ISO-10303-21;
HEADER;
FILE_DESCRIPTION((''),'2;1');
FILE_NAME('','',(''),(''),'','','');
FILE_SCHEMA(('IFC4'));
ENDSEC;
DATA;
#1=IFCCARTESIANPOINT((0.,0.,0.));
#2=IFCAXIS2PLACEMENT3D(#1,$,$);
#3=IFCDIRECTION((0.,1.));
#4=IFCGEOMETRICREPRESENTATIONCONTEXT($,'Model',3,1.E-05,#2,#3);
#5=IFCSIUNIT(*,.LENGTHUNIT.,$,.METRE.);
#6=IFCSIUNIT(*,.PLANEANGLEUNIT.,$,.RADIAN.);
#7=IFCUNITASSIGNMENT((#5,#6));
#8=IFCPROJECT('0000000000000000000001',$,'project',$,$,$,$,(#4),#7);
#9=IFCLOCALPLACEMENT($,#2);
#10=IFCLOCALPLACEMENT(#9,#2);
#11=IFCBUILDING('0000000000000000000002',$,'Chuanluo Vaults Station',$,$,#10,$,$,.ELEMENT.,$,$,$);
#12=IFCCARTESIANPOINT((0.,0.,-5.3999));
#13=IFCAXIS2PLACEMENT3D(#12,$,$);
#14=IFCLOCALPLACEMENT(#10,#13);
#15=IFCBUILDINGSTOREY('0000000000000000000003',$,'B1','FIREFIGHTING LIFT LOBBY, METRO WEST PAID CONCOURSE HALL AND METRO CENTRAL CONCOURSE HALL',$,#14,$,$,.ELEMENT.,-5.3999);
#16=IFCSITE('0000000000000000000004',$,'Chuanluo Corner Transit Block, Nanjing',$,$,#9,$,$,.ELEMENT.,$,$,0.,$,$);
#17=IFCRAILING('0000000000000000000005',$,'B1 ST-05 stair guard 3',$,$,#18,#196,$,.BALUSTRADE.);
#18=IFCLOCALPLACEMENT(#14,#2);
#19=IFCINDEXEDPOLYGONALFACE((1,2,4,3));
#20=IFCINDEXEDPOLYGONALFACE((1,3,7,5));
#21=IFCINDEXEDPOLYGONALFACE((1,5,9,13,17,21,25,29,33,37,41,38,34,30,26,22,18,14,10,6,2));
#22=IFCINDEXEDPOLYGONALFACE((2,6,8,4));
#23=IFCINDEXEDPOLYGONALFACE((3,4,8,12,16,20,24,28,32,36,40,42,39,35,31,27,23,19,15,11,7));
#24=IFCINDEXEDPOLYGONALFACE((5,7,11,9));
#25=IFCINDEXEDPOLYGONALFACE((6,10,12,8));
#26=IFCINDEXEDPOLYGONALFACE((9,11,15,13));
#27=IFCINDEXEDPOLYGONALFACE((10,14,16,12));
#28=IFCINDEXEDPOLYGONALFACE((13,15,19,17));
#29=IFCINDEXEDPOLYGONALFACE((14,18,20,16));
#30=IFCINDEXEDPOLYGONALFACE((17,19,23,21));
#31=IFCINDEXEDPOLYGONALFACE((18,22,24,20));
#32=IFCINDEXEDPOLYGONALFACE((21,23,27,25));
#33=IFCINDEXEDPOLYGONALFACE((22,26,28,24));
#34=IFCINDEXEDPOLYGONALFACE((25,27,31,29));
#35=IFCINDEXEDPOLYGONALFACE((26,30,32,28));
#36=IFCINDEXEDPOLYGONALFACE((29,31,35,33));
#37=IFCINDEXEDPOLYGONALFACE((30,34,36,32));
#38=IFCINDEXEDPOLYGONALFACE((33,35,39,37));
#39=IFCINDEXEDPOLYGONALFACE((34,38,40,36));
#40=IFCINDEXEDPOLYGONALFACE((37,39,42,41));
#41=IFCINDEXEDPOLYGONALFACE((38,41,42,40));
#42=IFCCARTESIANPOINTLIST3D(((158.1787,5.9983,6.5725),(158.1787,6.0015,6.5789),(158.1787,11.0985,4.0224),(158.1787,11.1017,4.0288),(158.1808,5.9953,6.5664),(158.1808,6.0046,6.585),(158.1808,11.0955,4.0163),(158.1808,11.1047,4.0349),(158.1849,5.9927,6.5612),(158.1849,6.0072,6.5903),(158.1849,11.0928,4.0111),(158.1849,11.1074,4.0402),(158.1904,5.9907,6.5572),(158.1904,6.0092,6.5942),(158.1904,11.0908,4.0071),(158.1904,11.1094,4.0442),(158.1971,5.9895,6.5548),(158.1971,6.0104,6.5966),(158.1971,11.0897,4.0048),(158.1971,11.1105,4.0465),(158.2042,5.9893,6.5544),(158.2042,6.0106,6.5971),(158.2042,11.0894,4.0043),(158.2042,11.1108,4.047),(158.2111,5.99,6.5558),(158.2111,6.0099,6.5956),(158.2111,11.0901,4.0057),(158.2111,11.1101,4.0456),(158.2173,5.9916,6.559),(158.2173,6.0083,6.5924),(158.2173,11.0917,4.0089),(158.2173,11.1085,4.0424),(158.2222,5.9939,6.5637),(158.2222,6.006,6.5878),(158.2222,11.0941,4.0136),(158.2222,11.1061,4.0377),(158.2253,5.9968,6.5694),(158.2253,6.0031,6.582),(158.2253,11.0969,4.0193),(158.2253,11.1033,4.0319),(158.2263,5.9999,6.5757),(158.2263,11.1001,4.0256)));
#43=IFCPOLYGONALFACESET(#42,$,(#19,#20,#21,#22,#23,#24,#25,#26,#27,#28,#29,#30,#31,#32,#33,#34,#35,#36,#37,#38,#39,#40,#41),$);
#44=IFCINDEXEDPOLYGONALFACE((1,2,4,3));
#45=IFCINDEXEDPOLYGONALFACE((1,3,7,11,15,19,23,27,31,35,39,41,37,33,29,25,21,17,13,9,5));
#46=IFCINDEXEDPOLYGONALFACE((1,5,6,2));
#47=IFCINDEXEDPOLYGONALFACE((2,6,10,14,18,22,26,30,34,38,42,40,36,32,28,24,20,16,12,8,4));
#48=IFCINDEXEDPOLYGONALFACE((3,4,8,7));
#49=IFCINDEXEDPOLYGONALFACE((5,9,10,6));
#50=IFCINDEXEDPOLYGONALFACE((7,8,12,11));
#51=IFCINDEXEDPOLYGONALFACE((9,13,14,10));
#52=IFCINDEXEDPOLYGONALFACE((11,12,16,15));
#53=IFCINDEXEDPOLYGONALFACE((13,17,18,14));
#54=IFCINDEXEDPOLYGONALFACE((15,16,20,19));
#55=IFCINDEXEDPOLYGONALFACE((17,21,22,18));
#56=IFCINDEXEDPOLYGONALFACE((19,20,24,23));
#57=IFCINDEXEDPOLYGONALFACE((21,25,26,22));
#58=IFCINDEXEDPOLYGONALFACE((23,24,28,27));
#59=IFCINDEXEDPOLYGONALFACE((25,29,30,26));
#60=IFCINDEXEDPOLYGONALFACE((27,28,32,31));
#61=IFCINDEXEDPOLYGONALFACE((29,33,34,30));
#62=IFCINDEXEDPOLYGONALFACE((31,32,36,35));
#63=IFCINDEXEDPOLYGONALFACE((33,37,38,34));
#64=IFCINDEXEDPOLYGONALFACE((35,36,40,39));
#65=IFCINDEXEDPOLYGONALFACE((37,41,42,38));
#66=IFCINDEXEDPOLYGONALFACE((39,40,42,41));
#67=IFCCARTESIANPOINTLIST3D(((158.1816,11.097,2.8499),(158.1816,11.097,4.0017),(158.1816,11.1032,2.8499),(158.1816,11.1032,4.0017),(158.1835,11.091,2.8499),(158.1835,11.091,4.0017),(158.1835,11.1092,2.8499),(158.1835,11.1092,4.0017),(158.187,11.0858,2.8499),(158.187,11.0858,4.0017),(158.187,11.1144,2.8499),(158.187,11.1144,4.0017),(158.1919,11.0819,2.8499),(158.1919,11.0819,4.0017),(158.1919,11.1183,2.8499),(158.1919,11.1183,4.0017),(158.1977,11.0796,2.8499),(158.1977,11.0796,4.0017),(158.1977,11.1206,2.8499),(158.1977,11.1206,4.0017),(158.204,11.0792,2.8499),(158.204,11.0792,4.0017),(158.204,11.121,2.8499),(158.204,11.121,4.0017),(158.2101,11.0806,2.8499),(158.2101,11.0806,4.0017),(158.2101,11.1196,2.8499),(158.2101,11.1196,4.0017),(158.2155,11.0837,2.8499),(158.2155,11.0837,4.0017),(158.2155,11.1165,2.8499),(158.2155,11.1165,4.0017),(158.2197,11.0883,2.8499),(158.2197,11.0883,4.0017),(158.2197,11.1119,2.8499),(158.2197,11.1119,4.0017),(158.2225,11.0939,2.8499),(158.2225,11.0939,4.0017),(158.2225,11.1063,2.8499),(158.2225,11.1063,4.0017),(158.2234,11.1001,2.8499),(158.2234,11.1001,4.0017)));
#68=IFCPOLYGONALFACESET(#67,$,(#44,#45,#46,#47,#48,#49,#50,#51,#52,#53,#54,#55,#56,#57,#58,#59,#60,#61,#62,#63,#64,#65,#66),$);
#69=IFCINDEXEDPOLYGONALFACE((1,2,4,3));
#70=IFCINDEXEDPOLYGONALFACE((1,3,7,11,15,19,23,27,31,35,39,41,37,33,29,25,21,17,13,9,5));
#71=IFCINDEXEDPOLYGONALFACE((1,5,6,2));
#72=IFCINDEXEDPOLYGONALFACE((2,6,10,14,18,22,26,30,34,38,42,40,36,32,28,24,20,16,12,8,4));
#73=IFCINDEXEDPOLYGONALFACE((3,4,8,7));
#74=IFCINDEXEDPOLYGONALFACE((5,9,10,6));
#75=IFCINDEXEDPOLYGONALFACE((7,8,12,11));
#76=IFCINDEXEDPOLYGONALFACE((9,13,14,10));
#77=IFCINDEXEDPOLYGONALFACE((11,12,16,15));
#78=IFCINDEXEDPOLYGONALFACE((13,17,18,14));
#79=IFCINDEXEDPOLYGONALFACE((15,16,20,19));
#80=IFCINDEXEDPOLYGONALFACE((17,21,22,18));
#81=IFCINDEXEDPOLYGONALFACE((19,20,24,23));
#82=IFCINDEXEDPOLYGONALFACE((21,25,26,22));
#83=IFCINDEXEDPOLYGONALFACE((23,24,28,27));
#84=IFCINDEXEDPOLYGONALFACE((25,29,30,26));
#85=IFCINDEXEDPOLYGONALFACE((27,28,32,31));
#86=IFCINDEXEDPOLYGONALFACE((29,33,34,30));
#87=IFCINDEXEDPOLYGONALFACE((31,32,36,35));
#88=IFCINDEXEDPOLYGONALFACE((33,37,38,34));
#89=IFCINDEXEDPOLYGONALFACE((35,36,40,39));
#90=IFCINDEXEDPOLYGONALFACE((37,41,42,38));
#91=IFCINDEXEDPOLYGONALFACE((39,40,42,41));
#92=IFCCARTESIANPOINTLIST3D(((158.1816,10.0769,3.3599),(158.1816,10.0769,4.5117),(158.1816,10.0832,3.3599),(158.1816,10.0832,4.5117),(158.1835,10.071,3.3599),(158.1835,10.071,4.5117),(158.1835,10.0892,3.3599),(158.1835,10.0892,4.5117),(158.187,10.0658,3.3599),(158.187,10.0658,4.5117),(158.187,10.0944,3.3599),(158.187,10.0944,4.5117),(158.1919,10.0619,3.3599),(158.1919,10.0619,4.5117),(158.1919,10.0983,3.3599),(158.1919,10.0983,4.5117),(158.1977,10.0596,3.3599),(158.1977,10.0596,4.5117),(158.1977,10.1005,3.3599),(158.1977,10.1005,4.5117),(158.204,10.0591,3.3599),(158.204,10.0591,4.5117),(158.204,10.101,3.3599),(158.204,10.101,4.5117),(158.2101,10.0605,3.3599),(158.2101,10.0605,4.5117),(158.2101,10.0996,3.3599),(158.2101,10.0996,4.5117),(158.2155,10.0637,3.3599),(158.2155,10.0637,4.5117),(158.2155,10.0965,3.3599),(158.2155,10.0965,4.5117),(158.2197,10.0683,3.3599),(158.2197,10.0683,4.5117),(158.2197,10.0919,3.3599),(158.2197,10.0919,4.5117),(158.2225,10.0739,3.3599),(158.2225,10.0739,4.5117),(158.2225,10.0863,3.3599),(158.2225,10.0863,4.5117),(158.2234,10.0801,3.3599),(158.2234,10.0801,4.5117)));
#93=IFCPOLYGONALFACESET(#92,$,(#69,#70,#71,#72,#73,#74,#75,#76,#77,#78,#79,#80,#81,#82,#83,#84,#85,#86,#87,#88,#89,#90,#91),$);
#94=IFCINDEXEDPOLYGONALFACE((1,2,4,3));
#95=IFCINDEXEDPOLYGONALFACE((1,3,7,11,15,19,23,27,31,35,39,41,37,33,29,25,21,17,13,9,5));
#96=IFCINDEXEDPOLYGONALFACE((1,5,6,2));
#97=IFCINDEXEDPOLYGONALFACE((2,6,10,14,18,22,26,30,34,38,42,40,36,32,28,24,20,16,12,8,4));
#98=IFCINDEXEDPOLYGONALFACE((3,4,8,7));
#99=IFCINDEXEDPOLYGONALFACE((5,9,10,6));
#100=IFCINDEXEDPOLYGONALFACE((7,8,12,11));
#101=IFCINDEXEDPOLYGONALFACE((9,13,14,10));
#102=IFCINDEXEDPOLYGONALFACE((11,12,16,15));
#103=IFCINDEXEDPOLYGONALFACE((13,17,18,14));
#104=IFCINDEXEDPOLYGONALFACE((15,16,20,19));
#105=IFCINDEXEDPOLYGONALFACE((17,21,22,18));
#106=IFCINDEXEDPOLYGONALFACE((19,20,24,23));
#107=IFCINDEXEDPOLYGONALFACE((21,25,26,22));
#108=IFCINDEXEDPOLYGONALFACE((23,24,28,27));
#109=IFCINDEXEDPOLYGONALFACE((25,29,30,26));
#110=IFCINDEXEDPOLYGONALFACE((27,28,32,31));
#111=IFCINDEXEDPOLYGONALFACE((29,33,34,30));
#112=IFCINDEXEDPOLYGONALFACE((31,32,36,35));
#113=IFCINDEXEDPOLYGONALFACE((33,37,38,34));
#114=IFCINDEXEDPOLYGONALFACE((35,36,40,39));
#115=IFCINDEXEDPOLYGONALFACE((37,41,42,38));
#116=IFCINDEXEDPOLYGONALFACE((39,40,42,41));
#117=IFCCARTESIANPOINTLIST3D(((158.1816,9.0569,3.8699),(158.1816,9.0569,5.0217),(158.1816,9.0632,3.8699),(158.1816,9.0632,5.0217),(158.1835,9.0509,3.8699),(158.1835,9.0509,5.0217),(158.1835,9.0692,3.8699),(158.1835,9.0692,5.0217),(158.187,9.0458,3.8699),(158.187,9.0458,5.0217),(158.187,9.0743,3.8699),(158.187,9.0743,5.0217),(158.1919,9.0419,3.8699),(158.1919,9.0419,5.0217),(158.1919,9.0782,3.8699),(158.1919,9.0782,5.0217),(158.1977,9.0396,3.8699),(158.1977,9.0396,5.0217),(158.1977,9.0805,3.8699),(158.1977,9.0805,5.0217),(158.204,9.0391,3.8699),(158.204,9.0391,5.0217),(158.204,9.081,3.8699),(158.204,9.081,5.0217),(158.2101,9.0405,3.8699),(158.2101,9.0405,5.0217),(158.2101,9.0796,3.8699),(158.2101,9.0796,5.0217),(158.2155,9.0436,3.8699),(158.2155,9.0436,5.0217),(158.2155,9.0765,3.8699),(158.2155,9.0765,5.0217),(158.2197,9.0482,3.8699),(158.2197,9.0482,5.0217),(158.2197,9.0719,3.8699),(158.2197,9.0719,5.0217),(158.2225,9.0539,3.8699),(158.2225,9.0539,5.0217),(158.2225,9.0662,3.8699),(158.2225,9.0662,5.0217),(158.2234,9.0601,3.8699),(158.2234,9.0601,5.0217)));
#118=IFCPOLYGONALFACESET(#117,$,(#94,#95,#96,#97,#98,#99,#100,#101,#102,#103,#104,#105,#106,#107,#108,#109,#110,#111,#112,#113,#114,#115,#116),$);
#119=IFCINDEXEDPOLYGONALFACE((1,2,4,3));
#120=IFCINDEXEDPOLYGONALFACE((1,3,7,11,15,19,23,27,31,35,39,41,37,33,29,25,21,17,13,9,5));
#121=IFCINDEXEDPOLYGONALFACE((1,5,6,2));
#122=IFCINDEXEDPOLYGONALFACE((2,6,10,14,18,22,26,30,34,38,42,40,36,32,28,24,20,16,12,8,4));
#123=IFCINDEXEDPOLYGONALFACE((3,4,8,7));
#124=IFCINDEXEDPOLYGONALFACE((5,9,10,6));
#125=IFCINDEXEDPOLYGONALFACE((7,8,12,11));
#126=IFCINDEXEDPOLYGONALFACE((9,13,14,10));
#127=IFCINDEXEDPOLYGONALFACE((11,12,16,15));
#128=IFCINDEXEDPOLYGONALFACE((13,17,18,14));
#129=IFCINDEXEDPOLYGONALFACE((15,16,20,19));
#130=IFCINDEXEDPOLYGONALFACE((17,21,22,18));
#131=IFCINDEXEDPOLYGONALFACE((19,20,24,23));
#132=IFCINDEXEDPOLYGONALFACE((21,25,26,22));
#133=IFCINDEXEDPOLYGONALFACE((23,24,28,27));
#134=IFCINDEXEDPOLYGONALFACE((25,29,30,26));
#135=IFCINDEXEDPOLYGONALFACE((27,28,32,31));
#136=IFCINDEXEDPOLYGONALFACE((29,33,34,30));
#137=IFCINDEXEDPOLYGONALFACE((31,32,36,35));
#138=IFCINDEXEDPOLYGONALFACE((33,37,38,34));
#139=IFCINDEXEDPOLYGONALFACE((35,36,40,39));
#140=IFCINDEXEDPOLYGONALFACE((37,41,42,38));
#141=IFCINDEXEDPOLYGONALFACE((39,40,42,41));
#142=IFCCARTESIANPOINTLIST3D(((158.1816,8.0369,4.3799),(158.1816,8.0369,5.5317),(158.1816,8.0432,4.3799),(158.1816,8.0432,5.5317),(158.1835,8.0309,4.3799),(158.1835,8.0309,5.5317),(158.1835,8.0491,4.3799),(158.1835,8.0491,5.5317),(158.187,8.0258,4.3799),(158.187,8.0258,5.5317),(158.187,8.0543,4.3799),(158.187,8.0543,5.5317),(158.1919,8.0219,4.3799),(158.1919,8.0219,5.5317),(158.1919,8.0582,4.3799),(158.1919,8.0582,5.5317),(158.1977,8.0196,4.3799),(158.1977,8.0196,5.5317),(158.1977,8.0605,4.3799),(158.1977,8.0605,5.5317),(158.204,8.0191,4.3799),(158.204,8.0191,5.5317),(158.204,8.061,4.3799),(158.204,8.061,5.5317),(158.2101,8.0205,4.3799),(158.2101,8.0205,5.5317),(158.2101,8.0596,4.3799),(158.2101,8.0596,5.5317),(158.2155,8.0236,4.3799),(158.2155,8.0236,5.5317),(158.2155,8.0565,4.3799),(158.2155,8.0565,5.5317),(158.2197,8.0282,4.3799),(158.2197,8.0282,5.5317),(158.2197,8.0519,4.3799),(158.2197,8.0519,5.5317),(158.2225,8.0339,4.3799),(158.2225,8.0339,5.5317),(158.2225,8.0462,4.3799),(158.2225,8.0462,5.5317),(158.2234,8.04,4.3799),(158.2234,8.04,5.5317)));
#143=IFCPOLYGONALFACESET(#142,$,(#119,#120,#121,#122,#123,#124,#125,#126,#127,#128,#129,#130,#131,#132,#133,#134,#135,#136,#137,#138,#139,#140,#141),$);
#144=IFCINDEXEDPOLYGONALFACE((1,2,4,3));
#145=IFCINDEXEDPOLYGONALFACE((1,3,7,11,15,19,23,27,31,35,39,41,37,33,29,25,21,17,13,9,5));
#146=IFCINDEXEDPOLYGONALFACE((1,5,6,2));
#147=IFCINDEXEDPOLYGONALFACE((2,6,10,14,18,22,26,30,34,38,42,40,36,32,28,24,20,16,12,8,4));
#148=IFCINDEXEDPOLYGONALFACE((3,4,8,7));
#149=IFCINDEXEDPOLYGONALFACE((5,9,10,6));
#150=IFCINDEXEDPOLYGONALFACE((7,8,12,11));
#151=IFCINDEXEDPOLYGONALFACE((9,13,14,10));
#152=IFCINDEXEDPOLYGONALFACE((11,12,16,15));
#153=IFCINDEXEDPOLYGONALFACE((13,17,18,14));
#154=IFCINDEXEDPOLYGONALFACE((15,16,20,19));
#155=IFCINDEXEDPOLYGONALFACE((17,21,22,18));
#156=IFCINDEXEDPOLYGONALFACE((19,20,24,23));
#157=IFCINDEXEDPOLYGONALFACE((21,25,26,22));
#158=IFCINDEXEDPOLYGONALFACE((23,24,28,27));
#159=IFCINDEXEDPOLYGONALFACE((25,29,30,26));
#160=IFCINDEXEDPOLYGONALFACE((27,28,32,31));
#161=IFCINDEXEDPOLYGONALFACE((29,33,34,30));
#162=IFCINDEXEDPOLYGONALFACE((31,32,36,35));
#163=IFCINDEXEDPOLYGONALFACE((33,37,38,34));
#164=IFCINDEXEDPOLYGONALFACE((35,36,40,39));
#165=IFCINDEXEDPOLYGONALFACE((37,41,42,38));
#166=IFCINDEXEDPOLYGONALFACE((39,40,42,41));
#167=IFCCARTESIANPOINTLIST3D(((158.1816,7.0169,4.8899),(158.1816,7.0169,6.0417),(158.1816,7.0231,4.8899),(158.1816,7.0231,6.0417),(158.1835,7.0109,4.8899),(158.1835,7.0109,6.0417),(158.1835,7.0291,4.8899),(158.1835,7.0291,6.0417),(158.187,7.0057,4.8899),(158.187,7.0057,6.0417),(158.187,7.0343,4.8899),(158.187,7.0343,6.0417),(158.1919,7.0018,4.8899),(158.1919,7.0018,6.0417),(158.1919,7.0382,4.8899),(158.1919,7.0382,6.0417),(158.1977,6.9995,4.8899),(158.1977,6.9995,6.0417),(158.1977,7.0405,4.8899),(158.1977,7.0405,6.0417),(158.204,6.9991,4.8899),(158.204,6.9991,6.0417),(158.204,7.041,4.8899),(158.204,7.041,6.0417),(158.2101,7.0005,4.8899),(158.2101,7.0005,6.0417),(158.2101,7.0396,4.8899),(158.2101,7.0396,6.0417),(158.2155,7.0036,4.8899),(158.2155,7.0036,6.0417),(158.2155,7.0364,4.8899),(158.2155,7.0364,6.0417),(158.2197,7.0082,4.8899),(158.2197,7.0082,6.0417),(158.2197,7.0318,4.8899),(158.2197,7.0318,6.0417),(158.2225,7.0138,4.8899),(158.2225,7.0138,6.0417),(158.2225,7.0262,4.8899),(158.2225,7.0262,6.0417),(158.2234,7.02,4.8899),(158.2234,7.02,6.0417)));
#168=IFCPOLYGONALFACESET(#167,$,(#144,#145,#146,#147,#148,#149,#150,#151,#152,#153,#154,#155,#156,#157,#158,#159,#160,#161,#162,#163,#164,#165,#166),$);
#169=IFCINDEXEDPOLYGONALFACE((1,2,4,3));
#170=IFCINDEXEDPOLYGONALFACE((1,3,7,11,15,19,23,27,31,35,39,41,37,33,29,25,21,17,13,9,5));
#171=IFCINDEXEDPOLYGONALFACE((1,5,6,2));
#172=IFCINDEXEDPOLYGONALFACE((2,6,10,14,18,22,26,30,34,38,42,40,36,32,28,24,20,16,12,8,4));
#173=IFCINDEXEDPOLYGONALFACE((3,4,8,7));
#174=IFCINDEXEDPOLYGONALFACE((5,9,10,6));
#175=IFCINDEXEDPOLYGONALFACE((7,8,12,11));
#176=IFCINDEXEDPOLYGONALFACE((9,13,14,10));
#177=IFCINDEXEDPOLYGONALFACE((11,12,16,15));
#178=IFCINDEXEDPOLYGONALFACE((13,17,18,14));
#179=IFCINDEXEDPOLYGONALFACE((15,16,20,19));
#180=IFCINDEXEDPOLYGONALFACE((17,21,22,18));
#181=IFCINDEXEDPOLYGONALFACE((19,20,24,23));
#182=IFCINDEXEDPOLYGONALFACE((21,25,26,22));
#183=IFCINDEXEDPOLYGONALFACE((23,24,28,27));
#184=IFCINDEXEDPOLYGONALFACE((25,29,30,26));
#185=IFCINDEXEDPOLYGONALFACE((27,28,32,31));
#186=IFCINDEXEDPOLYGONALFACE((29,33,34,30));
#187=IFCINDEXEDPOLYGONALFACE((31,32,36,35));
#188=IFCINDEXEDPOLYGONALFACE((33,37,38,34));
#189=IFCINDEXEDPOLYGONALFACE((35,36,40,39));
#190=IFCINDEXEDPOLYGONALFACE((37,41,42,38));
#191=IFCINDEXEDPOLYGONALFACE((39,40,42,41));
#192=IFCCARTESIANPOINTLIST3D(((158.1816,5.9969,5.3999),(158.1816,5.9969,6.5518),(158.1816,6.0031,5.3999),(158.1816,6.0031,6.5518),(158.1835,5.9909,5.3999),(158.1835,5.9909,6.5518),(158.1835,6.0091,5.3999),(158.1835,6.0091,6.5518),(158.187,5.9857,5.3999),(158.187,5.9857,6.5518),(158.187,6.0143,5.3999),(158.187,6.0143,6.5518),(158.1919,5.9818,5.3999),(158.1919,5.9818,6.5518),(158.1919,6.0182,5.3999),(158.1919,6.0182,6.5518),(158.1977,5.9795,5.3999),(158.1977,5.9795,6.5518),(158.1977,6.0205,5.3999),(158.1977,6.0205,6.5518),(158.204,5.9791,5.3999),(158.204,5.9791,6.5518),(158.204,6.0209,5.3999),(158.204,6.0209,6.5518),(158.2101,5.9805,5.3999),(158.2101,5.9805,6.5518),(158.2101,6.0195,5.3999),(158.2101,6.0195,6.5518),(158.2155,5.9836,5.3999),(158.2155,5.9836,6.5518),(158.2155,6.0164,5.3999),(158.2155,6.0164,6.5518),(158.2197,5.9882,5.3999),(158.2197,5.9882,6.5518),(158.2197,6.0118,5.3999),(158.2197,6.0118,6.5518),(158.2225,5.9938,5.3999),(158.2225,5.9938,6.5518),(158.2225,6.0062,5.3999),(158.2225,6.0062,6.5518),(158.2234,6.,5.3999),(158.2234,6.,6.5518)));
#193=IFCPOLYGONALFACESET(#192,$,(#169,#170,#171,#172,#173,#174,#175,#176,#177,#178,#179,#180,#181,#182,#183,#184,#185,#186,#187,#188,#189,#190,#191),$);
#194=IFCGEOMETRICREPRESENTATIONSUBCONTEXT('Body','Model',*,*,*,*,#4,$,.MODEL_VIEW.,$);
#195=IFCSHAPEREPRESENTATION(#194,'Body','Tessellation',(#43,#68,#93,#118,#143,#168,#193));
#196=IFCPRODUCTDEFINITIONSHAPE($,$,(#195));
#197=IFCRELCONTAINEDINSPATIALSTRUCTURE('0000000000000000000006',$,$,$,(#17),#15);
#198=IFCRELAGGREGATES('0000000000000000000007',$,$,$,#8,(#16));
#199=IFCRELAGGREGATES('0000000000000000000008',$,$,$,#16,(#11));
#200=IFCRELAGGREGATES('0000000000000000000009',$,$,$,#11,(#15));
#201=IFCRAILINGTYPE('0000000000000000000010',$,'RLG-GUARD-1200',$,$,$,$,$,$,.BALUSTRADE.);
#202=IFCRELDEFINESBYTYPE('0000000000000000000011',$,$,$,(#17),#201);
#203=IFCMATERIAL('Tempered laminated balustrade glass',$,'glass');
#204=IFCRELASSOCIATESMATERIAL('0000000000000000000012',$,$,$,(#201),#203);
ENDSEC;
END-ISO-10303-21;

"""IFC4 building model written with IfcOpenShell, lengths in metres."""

from ifc_helpers import new_model, si_unit, direction, frame, origin, origin_2d, place, context, subcontext, project, spatial, circle, extrude, material, type_object, element, save


model = new_model("IFC4")

# Units and contexts
model_context = context("Model", 3, precision=1e-05, world=origin(), true_north=direction((0.0, 1.0)))
body_context = subcontext(model_context, "Body", "Model", "MODEL_VIEW")
ifc_project = project(units=[si_unit("LENGTHUNIT", "METRE"), si_unit("PLANEANGLEUNIT", "RADIAN")], contexts=[model_context])

# Site, building, storey
site_placement = place(None, origin())
site = spatial("IfcSite", under=ifc_project, at=site_placement, Name="Chuanluo Corner Transit Block, Nanjing", CompositionType="ELEMENT", RefElevation=0.0)
building_placement = place(site_placement, origin())
building = spatial("IfcBuilding", under=site, at=building_placement, Name="Chuanluo Vaults Station", CompositionType="ELEMENT")
storey_placement = place(building_placement, frame((0.0, 0.0, -5.3999)))
storey = spatial("IfcBuildingStorey", under=building, at=storey_placement, Name="B1", Description="FIREFIGHTING LIFT LOBBY, METRO WEST PAID CONCOURSE HALL AND METRO CENTRAL CONCOURSE HALL", CompositionType="ELEMENT", Elevation=-5.3999)

# Railing
ifc_material_1 = material(Name="Tempered laminated balustrade glass", Category="glass")
railing_type_1 = type_object("IfcRailingType", Name="RLG-GUARD-1200", PredefinedType="BALUSTRADE", material=ifc_material_1)
railing_1_placement = place(storey_placement, frame((158.2024, 11.1001, 2.8499)))
element("IfcRailing", 1, at=railing_1_placement, inside=storey, type_object=railing_type_1, Name="B1 ST-05 stair guard 3", PredefinedType="BALUSTRADE", context=body_context, shape_type="SweptSolid", body=[
    extrude(circle(Radius=0.0239, at=origin_2d()), frame((0.0, 0.0, 1.1758), z_axis=(0.0, -0.894427, 0.447214), x_axis=(1.0, 0.0, 0.0)), (0.0, 0.0, 1.0), 5.7021),
    extrude(circle(Radius=0.021, at=origin_2d()), origin(), (0.0, 0.0, 1.0), 1.1519),
    extrude(circle(Radius=0.021, at=origin_2d()), frame((0.0, -1.02, 0.51)), (0.0, 0.0, 1.0), 1.1519),
    extrude(circle(Radius=0.021, at=origin_2d()), frame((0.0, -2.04, 1.02)), (0.0, 0.0, 1.0), 1.1519),
    extrude(circle(Radius=0.021, at=origin_2d()), frame((0.0, -3.0601, 1.53)), (0.0, 0.0, 1.0), 1.1519),
    extrude(circle(Radius=0.021, at=origin_2d()), frame((0.0, -4.0801, 2.04)), (0.0, 0.0, 1.0), 1.1519),
    extrude(circle(Radius=0.021, at=origin_2d()), frame((0.0, -5.1001, 2.55)), (0.0, 0.0, 1.0), 1.1519),
])

save(model, "model.ifc")
